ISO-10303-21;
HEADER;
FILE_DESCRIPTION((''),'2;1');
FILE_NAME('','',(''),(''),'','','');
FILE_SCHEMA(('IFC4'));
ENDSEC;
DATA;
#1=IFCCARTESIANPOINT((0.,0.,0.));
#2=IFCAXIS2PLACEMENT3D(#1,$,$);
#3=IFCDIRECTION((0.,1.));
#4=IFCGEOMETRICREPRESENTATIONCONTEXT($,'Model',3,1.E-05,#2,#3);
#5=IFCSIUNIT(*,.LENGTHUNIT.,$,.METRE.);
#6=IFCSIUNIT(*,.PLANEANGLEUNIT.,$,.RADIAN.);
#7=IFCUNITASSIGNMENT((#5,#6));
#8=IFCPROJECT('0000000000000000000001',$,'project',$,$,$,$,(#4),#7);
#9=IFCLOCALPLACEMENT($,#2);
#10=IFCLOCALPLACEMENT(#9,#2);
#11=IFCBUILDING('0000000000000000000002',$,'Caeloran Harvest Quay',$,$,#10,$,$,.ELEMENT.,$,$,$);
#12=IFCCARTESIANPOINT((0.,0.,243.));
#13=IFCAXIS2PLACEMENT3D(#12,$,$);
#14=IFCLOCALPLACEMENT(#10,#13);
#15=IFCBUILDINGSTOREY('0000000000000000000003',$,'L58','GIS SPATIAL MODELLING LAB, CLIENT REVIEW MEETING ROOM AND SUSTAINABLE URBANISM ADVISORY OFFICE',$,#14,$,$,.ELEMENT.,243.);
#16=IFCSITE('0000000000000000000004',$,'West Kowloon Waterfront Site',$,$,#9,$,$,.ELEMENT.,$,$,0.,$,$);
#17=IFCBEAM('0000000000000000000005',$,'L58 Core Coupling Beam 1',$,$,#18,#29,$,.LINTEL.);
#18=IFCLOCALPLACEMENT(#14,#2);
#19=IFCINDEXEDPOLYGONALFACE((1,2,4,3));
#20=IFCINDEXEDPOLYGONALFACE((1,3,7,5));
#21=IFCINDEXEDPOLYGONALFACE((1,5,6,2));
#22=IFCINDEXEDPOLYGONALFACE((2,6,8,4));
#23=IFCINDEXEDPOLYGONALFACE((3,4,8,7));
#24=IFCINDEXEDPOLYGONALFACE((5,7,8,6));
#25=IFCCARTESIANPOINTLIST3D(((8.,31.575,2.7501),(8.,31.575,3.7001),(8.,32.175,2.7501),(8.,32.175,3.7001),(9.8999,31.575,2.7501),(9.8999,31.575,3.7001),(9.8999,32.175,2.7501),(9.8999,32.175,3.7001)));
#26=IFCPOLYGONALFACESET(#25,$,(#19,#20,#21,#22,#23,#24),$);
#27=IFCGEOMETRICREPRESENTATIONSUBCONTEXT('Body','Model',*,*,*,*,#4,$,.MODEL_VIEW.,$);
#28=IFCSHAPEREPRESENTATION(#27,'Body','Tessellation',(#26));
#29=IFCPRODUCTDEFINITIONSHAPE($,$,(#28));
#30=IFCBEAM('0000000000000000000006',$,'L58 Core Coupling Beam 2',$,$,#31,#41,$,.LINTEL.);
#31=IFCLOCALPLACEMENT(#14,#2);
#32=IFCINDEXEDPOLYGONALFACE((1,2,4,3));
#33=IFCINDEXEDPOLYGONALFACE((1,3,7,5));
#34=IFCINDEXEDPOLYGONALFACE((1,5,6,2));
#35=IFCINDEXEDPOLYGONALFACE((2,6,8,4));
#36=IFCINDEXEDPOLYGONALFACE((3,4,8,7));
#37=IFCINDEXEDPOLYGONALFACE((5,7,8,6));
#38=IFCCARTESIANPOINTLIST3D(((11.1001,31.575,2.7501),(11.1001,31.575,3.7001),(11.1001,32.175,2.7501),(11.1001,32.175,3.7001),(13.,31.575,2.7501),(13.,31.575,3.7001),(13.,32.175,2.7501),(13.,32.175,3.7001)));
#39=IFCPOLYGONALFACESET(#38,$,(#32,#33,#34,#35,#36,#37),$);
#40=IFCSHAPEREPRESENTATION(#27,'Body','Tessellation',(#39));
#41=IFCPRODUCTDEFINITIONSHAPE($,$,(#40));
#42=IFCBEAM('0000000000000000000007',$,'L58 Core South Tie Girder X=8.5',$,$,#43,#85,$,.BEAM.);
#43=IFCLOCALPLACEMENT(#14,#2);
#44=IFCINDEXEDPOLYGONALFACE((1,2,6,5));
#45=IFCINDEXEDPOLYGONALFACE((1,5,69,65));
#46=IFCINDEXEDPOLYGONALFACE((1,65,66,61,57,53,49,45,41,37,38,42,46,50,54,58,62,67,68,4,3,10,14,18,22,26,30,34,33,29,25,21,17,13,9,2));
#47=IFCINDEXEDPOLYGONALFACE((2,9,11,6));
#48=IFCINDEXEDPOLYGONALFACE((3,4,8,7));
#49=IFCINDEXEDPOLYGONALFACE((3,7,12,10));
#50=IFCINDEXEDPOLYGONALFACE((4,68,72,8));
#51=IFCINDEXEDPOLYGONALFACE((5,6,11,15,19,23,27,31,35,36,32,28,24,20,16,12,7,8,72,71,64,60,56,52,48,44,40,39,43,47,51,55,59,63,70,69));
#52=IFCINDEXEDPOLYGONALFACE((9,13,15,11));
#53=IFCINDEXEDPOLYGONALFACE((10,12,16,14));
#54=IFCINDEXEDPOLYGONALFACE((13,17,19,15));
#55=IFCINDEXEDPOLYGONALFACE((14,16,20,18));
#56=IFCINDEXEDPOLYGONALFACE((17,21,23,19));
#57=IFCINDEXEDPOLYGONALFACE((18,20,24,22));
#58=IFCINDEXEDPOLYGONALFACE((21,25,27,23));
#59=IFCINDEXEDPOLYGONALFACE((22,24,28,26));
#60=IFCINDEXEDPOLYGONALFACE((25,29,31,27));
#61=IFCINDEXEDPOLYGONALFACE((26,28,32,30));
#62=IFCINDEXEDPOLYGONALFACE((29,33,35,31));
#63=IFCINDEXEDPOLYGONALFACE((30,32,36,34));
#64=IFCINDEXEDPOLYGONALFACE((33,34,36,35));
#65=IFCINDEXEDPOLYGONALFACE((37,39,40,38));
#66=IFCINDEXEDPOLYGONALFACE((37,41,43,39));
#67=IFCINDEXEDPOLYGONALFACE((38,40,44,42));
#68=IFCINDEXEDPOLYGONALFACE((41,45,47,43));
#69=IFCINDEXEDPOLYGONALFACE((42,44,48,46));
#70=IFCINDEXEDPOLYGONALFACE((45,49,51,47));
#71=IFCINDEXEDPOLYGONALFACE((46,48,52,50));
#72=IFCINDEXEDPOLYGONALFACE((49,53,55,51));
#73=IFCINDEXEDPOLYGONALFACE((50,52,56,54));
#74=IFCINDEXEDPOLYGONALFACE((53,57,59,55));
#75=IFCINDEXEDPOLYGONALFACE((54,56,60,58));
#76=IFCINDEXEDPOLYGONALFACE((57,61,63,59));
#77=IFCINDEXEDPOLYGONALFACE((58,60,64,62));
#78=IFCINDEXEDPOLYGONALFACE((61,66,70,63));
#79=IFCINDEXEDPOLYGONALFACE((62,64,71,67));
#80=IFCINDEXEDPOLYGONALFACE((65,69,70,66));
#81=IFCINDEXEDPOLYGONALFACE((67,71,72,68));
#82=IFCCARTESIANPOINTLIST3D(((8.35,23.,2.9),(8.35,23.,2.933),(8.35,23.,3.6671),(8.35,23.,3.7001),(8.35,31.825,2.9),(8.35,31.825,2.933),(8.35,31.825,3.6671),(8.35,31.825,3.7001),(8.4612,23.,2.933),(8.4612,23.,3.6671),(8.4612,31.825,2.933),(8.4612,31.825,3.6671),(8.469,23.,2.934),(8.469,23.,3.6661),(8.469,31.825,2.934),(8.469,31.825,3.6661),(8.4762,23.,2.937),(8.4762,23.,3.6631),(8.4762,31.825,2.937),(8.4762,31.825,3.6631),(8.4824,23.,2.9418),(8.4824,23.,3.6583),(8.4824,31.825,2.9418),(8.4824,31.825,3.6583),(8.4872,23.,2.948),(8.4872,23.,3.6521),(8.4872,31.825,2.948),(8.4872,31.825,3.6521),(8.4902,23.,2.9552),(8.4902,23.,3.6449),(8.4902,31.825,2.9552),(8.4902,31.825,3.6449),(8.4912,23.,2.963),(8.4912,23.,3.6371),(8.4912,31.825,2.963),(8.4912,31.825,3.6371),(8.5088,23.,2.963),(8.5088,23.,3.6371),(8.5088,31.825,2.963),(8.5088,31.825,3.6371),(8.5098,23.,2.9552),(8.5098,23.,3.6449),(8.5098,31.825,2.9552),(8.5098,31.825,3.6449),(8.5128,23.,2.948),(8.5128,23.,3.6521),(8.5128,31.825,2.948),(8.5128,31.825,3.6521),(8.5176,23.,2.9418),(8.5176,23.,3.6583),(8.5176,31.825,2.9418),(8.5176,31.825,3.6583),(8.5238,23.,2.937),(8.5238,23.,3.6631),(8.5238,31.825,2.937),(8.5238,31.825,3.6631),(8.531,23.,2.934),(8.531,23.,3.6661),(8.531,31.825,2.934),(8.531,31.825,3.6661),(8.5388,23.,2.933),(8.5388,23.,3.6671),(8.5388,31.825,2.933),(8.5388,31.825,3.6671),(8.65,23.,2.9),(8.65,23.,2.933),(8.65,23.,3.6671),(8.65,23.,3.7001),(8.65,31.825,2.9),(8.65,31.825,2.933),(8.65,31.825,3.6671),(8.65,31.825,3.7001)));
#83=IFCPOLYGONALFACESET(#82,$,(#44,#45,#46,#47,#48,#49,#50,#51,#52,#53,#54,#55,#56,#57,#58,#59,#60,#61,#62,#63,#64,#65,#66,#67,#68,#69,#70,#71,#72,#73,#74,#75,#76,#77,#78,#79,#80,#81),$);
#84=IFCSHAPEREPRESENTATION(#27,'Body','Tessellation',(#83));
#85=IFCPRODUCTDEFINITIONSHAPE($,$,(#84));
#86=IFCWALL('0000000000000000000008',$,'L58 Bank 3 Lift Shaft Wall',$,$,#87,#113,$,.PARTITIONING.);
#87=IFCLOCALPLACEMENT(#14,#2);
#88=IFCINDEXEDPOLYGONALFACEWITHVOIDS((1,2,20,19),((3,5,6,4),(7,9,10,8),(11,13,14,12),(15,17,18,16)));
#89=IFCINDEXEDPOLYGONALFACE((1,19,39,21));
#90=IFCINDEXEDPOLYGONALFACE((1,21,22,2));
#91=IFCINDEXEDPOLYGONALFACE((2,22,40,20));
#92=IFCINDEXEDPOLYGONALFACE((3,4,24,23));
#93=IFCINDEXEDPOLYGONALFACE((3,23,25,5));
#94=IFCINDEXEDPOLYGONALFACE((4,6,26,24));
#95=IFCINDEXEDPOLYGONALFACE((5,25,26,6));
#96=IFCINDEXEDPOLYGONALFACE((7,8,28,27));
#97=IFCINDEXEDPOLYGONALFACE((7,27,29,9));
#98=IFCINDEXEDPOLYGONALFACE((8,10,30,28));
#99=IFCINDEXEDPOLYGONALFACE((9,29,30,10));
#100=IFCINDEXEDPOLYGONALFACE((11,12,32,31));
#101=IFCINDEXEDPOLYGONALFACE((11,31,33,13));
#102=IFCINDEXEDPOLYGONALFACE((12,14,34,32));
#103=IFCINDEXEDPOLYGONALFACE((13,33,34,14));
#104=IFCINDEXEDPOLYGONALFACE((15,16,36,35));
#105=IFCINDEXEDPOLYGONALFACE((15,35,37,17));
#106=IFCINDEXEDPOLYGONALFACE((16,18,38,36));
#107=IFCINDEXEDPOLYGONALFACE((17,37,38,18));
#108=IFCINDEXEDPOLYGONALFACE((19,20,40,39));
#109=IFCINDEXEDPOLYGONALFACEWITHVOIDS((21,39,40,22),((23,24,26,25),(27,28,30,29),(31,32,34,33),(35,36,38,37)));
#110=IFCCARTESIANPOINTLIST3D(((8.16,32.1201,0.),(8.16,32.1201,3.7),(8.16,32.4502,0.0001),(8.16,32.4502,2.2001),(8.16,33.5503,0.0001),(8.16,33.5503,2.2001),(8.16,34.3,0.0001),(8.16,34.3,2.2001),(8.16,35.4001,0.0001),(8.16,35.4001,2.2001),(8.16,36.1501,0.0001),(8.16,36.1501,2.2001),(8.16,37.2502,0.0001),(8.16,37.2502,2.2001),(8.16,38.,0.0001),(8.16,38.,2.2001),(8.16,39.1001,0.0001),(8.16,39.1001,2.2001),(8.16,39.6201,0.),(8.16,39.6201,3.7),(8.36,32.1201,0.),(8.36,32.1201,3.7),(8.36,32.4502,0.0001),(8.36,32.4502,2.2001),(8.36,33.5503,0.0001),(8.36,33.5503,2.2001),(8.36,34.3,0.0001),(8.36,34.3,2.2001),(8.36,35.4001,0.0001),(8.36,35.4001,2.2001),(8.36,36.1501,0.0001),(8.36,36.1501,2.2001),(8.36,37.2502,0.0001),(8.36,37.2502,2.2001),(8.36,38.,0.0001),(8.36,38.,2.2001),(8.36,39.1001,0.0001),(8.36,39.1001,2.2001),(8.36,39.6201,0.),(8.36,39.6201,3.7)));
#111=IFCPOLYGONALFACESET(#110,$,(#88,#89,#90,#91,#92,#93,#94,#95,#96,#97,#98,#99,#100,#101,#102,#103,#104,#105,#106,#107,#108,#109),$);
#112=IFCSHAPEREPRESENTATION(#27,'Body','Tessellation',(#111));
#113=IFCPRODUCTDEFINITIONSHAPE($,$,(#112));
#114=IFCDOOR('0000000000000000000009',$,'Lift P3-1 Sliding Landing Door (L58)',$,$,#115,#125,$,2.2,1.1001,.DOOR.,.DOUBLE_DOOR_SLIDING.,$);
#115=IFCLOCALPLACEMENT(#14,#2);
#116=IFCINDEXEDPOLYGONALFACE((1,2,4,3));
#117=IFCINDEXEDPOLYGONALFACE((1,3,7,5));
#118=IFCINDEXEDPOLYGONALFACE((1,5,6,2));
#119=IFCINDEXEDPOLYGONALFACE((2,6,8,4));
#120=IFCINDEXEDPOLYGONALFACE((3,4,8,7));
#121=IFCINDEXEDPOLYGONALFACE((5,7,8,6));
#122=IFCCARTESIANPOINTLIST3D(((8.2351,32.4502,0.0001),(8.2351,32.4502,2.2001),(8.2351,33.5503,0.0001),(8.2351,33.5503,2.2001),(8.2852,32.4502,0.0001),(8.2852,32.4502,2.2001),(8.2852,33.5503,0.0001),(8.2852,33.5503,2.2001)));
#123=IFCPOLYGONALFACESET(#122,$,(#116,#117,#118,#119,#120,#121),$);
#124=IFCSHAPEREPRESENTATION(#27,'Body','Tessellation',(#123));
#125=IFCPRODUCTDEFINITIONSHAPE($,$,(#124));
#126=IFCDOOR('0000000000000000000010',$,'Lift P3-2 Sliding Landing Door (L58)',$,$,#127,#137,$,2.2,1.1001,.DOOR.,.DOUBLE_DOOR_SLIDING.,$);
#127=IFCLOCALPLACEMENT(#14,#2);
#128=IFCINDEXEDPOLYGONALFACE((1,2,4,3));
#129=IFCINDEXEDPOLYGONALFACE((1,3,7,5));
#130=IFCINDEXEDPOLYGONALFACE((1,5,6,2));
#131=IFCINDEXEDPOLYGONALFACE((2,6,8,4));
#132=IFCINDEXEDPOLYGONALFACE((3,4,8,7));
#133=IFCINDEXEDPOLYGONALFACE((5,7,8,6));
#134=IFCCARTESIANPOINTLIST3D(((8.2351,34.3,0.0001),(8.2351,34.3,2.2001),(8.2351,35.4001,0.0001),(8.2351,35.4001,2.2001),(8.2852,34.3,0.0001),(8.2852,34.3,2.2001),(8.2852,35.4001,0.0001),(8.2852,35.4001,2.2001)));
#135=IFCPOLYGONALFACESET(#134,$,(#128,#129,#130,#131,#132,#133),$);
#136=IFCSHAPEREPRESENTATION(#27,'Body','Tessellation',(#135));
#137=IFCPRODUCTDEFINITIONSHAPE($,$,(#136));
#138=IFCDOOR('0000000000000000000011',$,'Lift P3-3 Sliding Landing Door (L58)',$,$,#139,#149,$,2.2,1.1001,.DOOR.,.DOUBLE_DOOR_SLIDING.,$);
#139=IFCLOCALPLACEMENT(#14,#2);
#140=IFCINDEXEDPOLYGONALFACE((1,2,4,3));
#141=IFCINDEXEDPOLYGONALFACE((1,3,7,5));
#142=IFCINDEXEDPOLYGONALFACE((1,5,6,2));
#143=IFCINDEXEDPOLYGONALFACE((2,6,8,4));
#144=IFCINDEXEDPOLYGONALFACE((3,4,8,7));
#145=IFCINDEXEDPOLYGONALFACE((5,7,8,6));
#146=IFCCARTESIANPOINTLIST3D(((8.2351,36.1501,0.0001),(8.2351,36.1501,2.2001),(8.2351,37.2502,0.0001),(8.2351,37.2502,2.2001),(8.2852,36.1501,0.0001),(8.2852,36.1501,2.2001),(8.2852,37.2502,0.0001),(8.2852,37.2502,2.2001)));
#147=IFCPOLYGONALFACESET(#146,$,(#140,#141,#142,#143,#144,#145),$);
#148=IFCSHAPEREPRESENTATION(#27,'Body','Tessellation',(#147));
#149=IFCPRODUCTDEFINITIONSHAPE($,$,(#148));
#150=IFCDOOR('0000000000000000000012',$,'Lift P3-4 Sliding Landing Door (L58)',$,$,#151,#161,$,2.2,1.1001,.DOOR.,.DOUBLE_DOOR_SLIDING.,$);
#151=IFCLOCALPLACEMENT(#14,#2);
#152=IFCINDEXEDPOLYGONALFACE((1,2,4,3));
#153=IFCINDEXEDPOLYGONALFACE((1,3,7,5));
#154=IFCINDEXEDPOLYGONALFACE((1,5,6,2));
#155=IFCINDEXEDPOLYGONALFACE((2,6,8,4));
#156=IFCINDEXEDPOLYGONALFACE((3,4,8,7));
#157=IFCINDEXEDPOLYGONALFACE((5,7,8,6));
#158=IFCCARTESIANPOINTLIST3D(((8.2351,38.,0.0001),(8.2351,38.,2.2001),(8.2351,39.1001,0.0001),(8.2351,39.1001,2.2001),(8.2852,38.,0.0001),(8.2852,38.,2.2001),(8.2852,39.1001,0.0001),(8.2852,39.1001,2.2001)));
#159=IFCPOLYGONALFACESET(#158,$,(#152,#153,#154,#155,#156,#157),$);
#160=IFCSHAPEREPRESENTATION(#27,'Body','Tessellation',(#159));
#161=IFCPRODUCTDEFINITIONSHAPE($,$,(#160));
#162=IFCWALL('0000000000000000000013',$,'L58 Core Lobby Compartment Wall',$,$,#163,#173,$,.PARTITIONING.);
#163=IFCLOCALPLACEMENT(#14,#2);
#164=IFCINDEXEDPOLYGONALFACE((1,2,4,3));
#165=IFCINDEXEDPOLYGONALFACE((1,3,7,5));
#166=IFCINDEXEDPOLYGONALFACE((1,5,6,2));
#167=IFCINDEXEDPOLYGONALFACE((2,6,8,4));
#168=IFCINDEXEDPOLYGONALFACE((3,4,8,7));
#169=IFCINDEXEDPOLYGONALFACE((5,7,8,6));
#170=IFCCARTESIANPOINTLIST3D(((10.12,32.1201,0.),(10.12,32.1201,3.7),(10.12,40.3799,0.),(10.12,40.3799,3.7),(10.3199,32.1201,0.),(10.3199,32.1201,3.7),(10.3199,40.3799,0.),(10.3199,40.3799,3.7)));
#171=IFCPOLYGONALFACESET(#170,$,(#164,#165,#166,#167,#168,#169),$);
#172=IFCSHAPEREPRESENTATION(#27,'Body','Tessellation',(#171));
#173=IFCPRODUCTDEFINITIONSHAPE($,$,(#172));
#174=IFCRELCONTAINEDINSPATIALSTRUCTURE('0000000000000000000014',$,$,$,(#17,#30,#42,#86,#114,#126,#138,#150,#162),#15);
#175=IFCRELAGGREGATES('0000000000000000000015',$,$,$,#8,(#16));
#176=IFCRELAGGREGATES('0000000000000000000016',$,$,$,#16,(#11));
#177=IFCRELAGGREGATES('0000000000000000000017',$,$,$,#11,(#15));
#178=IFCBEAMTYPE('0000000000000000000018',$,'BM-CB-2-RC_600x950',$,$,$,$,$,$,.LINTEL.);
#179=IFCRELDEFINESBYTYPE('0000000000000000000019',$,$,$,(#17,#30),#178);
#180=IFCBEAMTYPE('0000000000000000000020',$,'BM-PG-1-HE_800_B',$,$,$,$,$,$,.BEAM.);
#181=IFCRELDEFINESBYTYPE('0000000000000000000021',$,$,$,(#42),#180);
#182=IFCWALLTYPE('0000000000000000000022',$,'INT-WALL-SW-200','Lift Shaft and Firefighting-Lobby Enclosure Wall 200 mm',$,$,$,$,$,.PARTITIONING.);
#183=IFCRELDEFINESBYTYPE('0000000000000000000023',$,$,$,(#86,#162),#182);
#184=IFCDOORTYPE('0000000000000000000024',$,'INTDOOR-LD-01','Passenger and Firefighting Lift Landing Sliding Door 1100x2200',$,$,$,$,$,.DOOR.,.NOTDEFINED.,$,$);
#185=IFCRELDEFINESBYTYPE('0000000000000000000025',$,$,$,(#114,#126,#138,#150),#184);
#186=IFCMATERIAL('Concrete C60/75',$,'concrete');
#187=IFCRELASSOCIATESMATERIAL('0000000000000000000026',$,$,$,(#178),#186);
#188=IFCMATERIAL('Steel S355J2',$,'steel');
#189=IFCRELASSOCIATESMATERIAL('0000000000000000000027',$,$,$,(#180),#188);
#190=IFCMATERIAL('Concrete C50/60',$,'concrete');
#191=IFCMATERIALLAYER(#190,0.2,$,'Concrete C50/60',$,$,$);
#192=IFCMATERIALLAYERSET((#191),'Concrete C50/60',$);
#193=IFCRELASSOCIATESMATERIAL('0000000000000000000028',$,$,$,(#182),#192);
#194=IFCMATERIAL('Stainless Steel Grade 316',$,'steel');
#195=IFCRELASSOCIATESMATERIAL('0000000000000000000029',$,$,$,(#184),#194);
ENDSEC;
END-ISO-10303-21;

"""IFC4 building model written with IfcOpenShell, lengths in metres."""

from ifc_helpers import new_model, si_unit, direction, frame, frame_2d, origin, origin_2d, place, context, subcontext, project, spatial, rectangle, i_section, extrude, material, layer, layer_set, material_profile, profile_set, type_object, element, fill, save


model = new_model("IFC4")

# Units and contexts
model_context = context("Model", 3, precision=1e-05, world=origin(), true_north=direction((0.0, 1.0)))
body_context = subcontext(model_context, "Body", "Model", "MODEL_VIEW")
ifc_project = project(units=[si_unit("LENGTHUNIT", "METRE"), si_unit("PLANEANGLEUNIT", "RADIAN")], contexts=[model_context])

# Site, building, storey
site_placement = place(None, origin())
site = spatial("IfcSite", under=ifc_project, at=site_placement, Name="West Kowloon Waterfront Site", CompositionType="ELEMENT", RefElevation=0.0)
building_placement = place(site_placement, origin())
building = spatial("IfcBuilding", under=site, at=building_placement, Name="Caeloran Harvest Quay", CompositionType="ELEMENT")
storey_placement = place(building_placement, frame((0.0, 0.0, 243.0)))
storey = spatial("IfcBuildingStorey", under=building, at=storey_placement, Name="L58", Description="GIS SPATIAL MODELLING LAB, CLIENT REVIEW MEETING ROOM AND SUSTAINABLE URBANISM ADVISORY OFFICE", CompositionType="ELEMENT", Elevation=243.0)

# Beams
ifc_material_1 = material(Name="Concrete C60/75", Category="concrete")
ifc_material_profile_1 = material_profile(ifc_material_1, rectangle(XDim=0.6001, YDim=0.95, at=origin_2d()), Name="RC 600x950")
ifc_profile_set_1 = profile_set([ifc_material_profile_1], Name="Concrete C60/75")
beam_type_1 = type_object("IfcBeamType", Name="BM-CB-2-RC_600x950", PredefinedType="LINTEL", material=ifc_profile_set_1)
for number, where, z_axis, x_axis, name in (
    (1, (8.0, 31.875, 3.2251), (1.0, 0.0, 0.0), (0.0, 1.0, 0.0), "L58 Core Coupling Beam 1"),
    (2, (11.1001, 31.875, 3.2251), (1.0, 0.0, 0.0), (0.0, 1.0, 0.0), "L58 Core Coupling Beam 2"),
):
    element("IfcBeam", number, at=place(storey_placement, frame(where, z_axis=z_axis, x_axis=x_axis)), inside=storey, type_object=beam_type_1, Name=name, PredefinedType="LINTEL", context=body_context, shape_type="SweptSolid", body=[
        extrude(rectangle(XDim=0.6001, YDim=0.95, at=origin_2d()), origin(), (0.0, 0.0, 1.0), 1.8999),
    ])
ifc_material_2 = material(Name="Steel S355J2", Category="steel")
ifc_material_profile_2 = material_profile(ifc_material_2, i_section(OverallWidth=0.3, OverallDepth=0.8, WebThickness=0.0176, FlangeThickness=0.033, FilletRadius=0.03, at=origin_2d()), Name="HE 800 B")
ifc_profile_set_2 = profile_set([ifc_material_profile_2], Name="Steel S355J2")
beam_type_2 = type_object("IfcBeamType", Name="BM-PG-1-HE_800_B", PredefinedType="BEAM", material=ifc_profile_set_2)
beam_placement = place(storey_placement, frame((8.5, 23.0, 3.3), z_axis=(0.0, 1.0, 0.0), x_axis=(-1.0, 0.0, 0.0)))
element("IfcBeam", 3, at=beam_placement, inside=storey, type_object=beam_type_2, Name="L58 Core South Tie Girder X=8.5", PredefinedType="BEAM", context=body_context, shape_type="SweptSolid", body=[
    extrude(i_section(OverallWidth=0.3, OverallDepth=0.8, WebThickness=0.0176, FlangeThickness=0.033, FilletRadius=0.03, at=origin_2d()), origin(), (0.0, 0.0, 1.0), 8.825),
])

# Wall, openings, doors
ifc_material_3 = material(Name="Concrete C50/60", Category="concrete")
ifc_layer_1 = layer(ifc_material_3, 0.2, Name="Concrete C50/60")
ifc_layer_set_1 = layer_set([ifc_layer_1], Name="Concrete C50/60")
wall_type_1 = type_object("IfcWallType", Name="INT-WALL-SW-200", Description="Lift Shaft and Firefighting-Lobby Enclosure Wall 200 mm", PredefinedType="PARTITIONING", material=ifc_layer_set_1)
wall_1_placement = place(storey_placement, frame((8.26, 32.1201, 0.0), z_axis=(0.0, 0.0, 1.0), x_axis=(0.0, 1.0, 0.0)))
wall_1 = element("IfcWall", 4, at=wall_1_placement, inside=storey, type_object=wall_type_1, Name="L58 Bank 3 Lift Shaft Wall", PredefinedType="PARTITIONING", context=body_context, shape_type="SweptSolid", body=[
    extrude(rectangle(XDim=7.5, YDim=0.2, at=frame_2d((3.75, 0.0))), origin(), (0.0, 0.0, 1.0), 3.7),
])
opening_1_placement = place(wall_1_placement, frame((0.3301, 0.0, 0.0)))
opening_1 = element("IfcOpeningElement", 5, at=opening_1_placement, cuts=wall_1, PredefinedType="OPENING", context=body_context, shape_type="SweptSolid", body=[
    extrude(rectangle(XDim=1.1001, YDim=2.2, at=frame_2d((0.55, 1.1001))), frame((0.0, 0.1099, 0.0), z_axis=(0.0, -1.0, 0.0), x_axis=(1.0, 0.0, 0.0)), (0.0, 0.0, 1.0), 0.22),
])
opening_2_placement = place(wall_1_placement, frame((2.1799, 0.0, 0.0)))
opening_2 = element("IfcOpeningElement", 6, at=opening_2_placement, cuts=wall_1, PredefinedType="OPENING", context=body_context, shape_type="SweptSolid", body=[
    extrude(rectangle(XDim=1.1001, YDim=2.2, at=frame_2d((0.55, 1.1001))), frame((0.0, 0.1099, 0.0), z_axis=(0.0, -1.0, 0.0), x_axis=(1.0, 0.0, 0.0)), (0.0, 0.0, 1.0), 0.22),
])
opening_3_placement = place(wall_1_placement, frame((4.03, 0.0, 0.0)))
opening_3 = element("IfcOpeningElement", 7, at=opening_3_placement, cuts=wall_1, PredefinedType="OPENING", context=body_context, shape_type="SweptSolid", body=[
    extrude(rectangle(XDim=1.1001, YDim=2.2, at=frame_2d((0.55, 1.1001))), frame((0.0, 0.1099, 0.0), z_axis=(0.0, -1.0, 0.0), x_axis=(1.0, 0.0, 0.0)), (0.0, 0.0, 1.0), 0.22),
])
opening_4_placement = place(wall_1_placement, frame((5.8799, 0.0, 0.0)))
opening_4 = element("IfcOpeningElement", 8, at=opening_4_placement, cuts=wall_1, PredefinedType="OPENING", context=body_context, shape_type="SweptSolid", body=[
    extrude(rectangle(XDim=1.1001, YDim=2.2, at=frame_2d((0.55, 1.1001))), frame((0.0, 0.1099, 0.0), z_axis=(0.0, -1.0, 0.0), x_axis=(1.0, 0.0, 0.0)), (0.0, 0.0, 1.0), 0.22),
])
ifc_material_4 = material(Name="Stainless Steel Grade 316", Category="steel")
door_type_1 = type_object("IfcDoorType", Name="INTDOOR-LD-01", Description="Passenger and Firefighting Lift Landing Sliding Door 1100x2200", OperationType="NOTDEFINED", PredefinedType="DOOR", material=ifc_material_4)
door_1_placement = place(opening_1_placement, origin())
door_1 = element("IfcDoor", 9, at=door_1_placement, inside=storey, type_object=door_type_1, Name="Lift P3-1 Sliding Landing Door (L58)", OperationType="DOUBLE_DOOR_SLIDING", OverallHeight=2.2, OverallWidth=1.1001, PredefinedType="DOOR", context=body_context, shape_type="SweptSolid", body=[
    extrude(rectangle(XDim=1.1001, YDim=2.2, at=frame_2d((0.55, 1.1001))), frame((0.0, 0.0249, 0.0), z_axis=(0.0, -1.0, 0.0), x_axis=(1.0, 0.0, 0.0)), (0.0, 0.0, 1.0), 0.05),
])
fill(opening_1, door_1)
door_2_placement = place(opening_2_placement, origin())
door_2 = element("IfcDoor", 10, at=door_2_placement, inside=storey, type_object=door_type_1, Name="Lift P3-2 Sliding Landing Door (L58)", OperationType="DOUBLE_DOOR_SLIDING", OverallHeight=2.2, OverallWidth=1.1001, PredefinedType="DOOR", context=body_context, shape_type="SweptSolid", body=[
    extrude(rectangle(XDim=1.1001, YDim=2.2, at=frame_2d((0.55, 1.1001))), frame((0.0, 0.0249, 0.0), z_axis=(0.0, -1.0, 0.0), x_axis=(1.0, 0.0, 0.0)), (0.0, 0.0, 1.0), 0.05),
])
fill(opening_2, door_2)
door_3_placement = place(opening_3_placement, origin())
door_3 = element("IfcDoor", 11, at=door_3_placement, inside=storey, type_object=door_type_1, Name="Lift P3-3 Sliding Landing Door (L58)", OperationType="DOUBLE_DOOR_SLIDING", OverallHeight=2.2, OverallWidth=1.1001, PredefinedType="DOOR", context=body_context, shape_type="SweptSolid", body=[
    extrude(rectangle(XDim=1.1001, YDim=2.2, at=frame_2d((0.55, 1.1001))), frame((0.0, 0.0249, 0.0), z_axis=(0.0, -1.0, 0.0), x_axis=(1.0, 0.0, 0.0)), (0.0, 0.0, 1.0), 0.05),
])
fill(opening_3, door_3)
door_4_placement = place(opening_4_placement, origin())
door_4 = element("IfcDoor", 12, at=door_4_placement, inside=storey, type_object=door_type_1, Name="Lift P3-4 Sliding Landing Door (L58)", OperationType="DOUBLE_DOOR_SLIDING", OverallHeight=2.2, OverallWidth=1.1001, PredefinedType="DOOR", context=body_context, shape_type="SweptSolid", body=[
    extrude(rectangle(XDim=1.1001, YDim=2.2, at=frame_2d((0.55, 1.1001))), frame((0.0, 0.0249, 0.0), z_axis=(0.0, -1.0, 0.0), x_axis=(1.0, 0.0, 0.0)), (0.0, 0.0, 1.0), 0.05),
])
fill(opening_4, door_4)

# Wall
wall_2_placement = place(storey_placement, frame((10.22, 32.1201, 0.0), z_axis=(0.0, 0.0, 1.0), x_axis=(0.0, 1.0, 0.0)))
element("IfcWall", 13, at=wall_2_placement, inside=storey, type_object=wall_type_1, Name="L58 Core Lobby Compartment Wall", PredefinedType="PARTITIONING", context=body_context, shape_type="SweptSolid", body=[
    extrude(rectangle(XDim=8.2598, YDim=0.2, at=frame_2d((4.1299, 0.0))), origin(), (0.0, 0.0, 1.0), 3.7),
])

save(model, "model.ifc")
